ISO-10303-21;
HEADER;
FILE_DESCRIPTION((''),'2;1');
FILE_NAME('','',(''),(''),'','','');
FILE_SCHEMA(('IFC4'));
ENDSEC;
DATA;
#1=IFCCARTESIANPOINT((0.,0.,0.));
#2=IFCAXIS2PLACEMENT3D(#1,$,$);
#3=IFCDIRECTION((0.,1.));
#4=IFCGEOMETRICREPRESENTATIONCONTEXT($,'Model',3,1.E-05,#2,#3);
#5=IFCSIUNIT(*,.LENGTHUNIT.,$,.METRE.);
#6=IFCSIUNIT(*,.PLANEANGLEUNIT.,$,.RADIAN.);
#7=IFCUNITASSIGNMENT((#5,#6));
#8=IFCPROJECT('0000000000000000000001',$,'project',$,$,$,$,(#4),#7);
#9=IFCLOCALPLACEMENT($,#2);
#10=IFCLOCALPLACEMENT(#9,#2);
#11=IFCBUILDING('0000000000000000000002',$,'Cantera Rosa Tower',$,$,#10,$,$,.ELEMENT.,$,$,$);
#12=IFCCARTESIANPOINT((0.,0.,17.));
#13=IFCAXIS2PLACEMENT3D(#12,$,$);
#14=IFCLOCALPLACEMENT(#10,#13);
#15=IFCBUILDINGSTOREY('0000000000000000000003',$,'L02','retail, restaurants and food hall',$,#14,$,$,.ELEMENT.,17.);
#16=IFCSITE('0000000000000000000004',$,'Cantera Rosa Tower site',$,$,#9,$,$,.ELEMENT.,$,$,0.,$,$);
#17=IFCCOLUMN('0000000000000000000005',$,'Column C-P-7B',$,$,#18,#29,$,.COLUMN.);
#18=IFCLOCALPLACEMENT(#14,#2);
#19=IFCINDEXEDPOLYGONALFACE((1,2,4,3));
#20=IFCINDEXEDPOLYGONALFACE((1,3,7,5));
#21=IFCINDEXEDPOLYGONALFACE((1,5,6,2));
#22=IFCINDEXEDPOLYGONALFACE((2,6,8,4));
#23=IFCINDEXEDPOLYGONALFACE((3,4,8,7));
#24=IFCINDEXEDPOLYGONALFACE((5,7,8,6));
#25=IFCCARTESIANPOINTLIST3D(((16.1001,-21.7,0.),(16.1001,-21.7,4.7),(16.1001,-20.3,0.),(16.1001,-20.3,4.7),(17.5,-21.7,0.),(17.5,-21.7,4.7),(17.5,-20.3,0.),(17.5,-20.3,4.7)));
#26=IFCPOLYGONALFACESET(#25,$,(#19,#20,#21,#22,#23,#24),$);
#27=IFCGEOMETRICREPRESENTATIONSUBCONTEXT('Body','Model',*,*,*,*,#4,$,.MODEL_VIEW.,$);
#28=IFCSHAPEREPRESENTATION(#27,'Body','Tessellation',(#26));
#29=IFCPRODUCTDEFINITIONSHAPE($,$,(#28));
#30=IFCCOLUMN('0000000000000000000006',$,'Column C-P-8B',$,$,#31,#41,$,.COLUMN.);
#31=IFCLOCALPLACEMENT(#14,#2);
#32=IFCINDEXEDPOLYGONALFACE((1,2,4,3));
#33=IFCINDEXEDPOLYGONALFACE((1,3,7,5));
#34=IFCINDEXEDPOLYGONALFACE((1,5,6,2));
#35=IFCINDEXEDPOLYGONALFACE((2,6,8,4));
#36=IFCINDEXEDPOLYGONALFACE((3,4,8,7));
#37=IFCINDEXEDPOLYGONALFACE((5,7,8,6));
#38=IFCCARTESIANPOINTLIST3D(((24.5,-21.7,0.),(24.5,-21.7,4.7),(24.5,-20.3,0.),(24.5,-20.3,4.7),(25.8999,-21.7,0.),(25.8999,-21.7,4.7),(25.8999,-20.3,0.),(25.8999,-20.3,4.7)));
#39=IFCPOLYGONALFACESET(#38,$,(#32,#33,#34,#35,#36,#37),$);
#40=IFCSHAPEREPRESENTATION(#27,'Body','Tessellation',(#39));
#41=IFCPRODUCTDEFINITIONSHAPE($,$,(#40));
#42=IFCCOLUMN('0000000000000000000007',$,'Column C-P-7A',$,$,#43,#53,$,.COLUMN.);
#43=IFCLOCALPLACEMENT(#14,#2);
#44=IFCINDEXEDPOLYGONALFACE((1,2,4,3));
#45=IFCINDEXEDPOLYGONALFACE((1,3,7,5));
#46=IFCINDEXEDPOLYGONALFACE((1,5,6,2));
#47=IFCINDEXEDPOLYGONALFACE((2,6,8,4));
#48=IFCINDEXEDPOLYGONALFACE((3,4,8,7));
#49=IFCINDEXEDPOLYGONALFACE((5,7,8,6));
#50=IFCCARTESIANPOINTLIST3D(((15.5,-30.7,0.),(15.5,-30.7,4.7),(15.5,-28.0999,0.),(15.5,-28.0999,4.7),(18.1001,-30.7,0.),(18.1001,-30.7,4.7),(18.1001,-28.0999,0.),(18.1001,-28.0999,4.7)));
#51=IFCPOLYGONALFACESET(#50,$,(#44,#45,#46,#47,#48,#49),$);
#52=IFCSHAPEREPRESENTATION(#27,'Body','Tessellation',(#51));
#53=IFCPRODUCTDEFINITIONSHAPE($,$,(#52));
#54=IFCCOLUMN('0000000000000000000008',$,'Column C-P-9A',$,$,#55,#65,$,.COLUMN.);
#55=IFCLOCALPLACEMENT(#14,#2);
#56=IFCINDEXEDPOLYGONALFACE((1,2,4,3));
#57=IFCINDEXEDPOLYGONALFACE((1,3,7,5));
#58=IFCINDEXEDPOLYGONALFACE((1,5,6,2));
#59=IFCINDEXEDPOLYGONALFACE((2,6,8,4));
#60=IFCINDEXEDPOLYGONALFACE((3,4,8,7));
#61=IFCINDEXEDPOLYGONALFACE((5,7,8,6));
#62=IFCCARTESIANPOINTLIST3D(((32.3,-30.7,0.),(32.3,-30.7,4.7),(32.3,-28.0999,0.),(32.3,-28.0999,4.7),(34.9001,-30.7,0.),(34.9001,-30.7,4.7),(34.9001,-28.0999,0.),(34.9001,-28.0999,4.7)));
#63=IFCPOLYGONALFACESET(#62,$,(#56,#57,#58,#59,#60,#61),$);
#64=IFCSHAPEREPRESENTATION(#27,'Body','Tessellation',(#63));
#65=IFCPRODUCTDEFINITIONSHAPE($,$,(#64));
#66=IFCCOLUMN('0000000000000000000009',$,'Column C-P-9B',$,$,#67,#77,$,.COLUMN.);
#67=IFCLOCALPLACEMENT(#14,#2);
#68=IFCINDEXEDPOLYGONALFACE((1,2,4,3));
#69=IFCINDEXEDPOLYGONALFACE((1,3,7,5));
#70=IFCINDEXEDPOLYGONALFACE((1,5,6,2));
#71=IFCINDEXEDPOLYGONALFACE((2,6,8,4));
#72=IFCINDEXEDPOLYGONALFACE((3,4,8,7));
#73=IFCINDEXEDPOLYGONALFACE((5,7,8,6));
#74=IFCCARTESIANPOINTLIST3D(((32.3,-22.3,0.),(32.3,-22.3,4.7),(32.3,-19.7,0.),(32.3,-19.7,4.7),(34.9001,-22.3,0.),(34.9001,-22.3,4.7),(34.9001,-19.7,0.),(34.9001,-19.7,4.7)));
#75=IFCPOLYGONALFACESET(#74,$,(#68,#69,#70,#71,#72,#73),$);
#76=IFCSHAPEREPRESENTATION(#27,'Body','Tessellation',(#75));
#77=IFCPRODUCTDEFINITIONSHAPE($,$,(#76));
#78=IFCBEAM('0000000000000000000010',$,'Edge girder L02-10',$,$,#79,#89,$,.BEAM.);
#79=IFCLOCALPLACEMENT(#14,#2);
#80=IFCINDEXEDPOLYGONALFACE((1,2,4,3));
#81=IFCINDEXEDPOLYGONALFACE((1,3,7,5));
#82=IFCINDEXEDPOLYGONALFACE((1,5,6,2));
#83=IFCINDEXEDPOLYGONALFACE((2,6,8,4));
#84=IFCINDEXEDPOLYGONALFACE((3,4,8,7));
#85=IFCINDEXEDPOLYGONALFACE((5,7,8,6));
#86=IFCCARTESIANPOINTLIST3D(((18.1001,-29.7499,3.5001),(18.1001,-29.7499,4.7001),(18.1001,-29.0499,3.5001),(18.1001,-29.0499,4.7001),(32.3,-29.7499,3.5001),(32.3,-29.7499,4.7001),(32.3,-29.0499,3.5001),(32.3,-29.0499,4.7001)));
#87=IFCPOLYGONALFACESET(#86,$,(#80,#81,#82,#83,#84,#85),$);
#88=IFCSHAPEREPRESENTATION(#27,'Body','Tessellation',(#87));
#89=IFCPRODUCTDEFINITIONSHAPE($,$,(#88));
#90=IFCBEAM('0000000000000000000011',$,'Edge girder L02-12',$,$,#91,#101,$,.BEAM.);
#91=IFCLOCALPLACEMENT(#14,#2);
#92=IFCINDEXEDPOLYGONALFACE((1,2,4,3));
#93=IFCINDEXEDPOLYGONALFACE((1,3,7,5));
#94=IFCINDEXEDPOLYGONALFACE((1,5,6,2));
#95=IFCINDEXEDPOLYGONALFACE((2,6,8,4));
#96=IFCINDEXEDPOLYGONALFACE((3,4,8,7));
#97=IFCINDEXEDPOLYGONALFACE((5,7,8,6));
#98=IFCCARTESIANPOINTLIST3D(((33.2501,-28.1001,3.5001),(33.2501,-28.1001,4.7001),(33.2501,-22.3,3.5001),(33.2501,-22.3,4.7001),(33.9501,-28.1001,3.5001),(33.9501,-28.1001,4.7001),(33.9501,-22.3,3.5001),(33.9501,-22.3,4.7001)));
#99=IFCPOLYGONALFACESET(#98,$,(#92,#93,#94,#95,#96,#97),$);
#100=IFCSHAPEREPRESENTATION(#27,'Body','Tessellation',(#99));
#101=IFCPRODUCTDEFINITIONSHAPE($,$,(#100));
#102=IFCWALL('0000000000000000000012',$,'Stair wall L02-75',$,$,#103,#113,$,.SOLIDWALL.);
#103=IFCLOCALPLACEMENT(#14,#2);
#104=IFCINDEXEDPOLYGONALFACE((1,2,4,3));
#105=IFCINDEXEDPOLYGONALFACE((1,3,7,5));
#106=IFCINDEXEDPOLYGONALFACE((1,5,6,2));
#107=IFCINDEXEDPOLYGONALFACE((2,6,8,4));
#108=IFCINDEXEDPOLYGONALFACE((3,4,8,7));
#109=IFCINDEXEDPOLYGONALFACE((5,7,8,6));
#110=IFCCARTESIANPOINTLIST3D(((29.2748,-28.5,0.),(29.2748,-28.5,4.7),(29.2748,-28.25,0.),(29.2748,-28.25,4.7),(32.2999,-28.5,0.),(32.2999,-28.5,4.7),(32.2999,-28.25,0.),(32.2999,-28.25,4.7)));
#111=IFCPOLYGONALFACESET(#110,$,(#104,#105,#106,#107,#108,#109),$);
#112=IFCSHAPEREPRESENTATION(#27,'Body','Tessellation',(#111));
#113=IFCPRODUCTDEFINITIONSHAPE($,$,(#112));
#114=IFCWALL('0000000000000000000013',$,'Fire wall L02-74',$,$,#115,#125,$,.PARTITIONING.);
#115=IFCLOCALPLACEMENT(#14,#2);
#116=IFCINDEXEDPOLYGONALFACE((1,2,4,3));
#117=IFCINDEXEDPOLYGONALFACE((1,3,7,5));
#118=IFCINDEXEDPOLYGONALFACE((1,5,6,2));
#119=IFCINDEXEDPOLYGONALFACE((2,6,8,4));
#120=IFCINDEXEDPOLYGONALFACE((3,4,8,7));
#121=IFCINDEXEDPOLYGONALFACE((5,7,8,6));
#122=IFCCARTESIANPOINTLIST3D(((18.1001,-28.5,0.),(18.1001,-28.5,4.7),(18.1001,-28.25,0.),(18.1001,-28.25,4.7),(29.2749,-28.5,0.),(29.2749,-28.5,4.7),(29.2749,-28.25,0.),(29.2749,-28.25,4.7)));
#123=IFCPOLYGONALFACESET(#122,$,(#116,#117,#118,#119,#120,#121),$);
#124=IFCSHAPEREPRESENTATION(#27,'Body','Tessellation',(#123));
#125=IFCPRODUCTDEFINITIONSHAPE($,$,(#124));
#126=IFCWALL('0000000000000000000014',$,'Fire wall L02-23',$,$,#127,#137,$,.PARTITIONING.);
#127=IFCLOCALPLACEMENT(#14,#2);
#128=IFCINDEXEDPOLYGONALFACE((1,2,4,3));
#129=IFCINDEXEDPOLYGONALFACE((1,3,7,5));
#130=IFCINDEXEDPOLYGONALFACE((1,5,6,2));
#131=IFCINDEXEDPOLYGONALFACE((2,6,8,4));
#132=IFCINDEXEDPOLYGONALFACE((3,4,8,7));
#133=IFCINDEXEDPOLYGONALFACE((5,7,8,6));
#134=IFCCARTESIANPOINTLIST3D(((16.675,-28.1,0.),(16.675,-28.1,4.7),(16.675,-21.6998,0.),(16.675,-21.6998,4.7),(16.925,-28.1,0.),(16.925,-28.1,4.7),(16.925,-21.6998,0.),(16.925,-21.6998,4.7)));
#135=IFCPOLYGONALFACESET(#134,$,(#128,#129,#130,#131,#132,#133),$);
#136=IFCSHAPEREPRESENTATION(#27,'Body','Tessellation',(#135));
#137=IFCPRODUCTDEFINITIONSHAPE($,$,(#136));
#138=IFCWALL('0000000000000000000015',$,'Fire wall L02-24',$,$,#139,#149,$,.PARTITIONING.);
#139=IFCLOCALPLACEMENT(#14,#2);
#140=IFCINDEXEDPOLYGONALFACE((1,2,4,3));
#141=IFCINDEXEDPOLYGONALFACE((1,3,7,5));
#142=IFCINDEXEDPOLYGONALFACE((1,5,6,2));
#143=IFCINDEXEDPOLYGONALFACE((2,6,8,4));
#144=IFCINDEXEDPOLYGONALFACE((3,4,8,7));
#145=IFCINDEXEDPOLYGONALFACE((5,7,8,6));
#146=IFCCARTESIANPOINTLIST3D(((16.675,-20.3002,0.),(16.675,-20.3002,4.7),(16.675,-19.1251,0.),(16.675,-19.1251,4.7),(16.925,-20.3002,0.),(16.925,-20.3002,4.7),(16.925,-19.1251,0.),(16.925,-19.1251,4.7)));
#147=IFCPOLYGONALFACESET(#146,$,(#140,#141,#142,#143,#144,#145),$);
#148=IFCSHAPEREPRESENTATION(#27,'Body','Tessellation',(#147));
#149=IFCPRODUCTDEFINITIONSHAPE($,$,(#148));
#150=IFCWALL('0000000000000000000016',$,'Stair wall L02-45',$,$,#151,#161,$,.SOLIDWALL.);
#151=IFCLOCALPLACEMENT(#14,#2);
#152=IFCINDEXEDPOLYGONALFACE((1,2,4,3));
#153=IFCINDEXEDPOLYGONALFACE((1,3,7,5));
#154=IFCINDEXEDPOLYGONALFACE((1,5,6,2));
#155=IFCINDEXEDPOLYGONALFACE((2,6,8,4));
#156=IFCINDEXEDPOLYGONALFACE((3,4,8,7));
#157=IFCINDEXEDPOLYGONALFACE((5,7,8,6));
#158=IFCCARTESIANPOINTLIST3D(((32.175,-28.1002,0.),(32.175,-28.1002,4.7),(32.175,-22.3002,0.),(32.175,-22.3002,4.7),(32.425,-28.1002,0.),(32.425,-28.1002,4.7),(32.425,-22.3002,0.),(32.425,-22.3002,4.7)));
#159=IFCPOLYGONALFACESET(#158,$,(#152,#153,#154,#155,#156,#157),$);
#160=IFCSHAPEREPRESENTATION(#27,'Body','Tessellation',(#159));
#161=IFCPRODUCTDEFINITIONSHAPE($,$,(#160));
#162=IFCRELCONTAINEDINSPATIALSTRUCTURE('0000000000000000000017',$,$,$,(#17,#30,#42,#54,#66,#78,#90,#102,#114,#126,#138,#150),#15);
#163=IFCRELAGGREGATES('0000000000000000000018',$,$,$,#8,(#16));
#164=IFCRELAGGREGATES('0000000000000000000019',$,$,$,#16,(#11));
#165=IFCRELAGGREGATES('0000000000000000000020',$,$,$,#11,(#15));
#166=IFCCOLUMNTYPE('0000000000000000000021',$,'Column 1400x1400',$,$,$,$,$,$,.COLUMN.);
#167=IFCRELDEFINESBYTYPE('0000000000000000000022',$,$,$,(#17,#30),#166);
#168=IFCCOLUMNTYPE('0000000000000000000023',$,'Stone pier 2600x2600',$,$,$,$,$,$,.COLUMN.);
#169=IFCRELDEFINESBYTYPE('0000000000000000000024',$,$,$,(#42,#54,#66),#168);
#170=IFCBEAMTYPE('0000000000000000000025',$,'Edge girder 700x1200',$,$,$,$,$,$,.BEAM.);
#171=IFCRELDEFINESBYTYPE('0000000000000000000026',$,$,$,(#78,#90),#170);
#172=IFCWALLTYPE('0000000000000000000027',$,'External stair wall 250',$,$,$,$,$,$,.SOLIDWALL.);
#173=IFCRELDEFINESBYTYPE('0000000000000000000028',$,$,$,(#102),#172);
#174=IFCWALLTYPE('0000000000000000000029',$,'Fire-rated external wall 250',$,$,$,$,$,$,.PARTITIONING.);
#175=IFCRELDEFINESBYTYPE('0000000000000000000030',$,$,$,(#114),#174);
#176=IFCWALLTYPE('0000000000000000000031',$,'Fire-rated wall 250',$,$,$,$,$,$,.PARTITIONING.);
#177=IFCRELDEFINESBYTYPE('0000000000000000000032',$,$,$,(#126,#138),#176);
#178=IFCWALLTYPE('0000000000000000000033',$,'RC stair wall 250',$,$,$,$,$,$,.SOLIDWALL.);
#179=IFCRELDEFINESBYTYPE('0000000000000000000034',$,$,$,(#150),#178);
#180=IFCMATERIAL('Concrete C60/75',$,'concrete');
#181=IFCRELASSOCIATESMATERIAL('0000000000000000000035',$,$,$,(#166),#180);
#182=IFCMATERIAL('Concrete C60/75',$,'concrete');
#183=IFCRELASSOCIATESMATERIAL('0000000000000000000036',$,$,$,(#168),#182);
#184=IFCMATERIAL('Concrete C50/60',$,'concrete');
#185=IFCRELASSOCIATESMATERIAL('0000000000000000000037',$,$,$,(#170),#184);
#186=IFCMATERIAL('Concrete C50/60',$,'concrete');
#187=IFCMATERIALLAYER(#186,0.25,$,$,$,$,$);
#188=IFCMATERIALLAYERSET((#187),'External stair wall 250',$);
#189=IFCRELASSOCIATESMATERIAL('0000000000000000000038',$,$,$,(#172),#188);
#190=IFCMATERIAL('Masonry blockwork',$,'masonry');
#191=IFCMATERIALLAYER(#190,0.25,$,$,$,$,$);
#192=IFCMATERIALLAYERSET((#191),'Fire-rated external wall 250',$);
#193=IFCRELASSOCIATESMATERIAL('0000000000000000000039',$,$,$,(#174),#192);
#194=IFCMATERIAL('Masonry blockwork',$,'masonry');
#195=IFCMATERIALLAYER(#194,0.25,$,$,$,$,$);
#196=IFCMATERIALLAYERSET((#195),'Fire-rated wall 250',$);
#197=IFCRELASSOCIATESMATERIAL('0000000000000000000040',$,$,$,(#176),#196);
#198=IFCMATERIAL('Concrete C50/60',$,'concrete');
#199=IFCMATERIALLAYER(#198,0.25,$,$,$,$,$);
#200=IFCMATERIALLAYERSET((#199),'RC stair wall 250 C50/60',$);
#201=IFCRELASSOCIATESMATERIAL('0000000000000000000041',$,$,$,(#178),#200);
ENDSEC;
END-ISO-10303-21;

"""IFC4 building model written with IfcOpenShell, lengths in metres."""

from ifc_helpers import new_model, si_unit, direction, frame, frame_2d, origin, origin_2d, place, context, subcontext, project, spatial, rectangle, extrude, material, layer, layer_set, material_profile, profile_set, type_object, element, save


model = new_model("IFC4")

# Units and contexts
model_context = context("Model", 3, precision=1e-05, world=origin(), true_north=direction((0.0, 1.0)))
body_context = subcontext(model_context, "Body", "Model", "MODEL_VIEW")
ifc_project = project(units=[si_unit("LENGTHUNIT", "METRE"), si_unit("PLANEANGLEUNIT", "RADIAN")], contexts=[model_context])

# Site, building, storey
site_placement = place(None, origin())
site = spatial("IfcSite", under=ifc_project, at=site_placement, Name="Cantera Rosa Tower site", CompositionType="ELEMENT", RefElevation=0.0)
building_placement = place(site_placement, origin())
building = spatial("IfcBuilding", under=site, at=building_placement, Name="Cantera Rosa Tower", CompositionType="ELEMENT")
storey_placement = place(building_placement, frame((0.0, 0.0, 17.0)))
storey = spatial("IfcBuildingStorey", under=building, at=storey_placement, Name="L02", Description="retail, restaurants and food hall", CompositionType="ELEMENT", Elevation=17.0)

# Columns
ifc_material_1 = material(Name="Concrete C60/75", Category="concrete")
ifc_material_profile_1 = material_profile(ifc_material_1, rectangle(XDim=1.3999, YDim=1.3999, at=origin_2d()), Name="Column 1400x1400")
ifc_profile_set_1 = profile_set([ifc_material_profile_1], Name="Concrete C60/75")
column_type_1 = type_object("IfcColumnType", Name="Column 1400x1400", PredefinedType="COLUMN", material=ifc_profile_set_1)
for number, where, z_axis, x_axis, name in (
    (1, (16.8, -21.0, 0.0), (0.0, 0.0, 1.0), (1.0, 0.0, 0.0), "Column C-P-7B"),
    (2, (25.2, -21.0, 0.0), (0.0, 0.0, 1.0), (1.0, 0.0, 0.0), "Column C-P-8B"),
):
    element("IfcColumn", number, at=place(storey_placement, frame(where, z_axis=z_axis, x_axis=x_axis)), inside=storey, type_object=column_type_1, Name=name, PredefinedType="COLUMN", context=body_context, shape_type="SweptSolid", body=[
        extrude(rectangle(XDim=1.3999, YDim=1.3999, at=origin_2d()), origin(), (0.0, 0.0, 1.0), 4.7),
    ])
ifc_material_2 = material(Name="Concrete C60/75", Category="concrete")
ifc_material_profile_2 = material_profile(ifc_material_2, rectangle(XDim=2.6001, YDim=2.6001, at=origin_2d()), Name="Stone pier 2600x2600")
ifc_profile_set_2 = profile_set([ifc_material_profile_2], Name="Concrete C60/75")
column_type_2 = type_object("IfcColumnType", Name="Stone pier 2600x2600", PredefinedType="COLUMN", material=ifc_profile_set_2)
for number, where, z_axis, x_axis, name in (
    (3, (16.8, -29.3999, 0.0), (0.0, 0.0, 1.0), (1.0, 0.0, 0.0), "Column C-P-7A"),
    (4, (33.6001, -29.3999, 0.0), (0.0, 0.0, 1.0), (1.0, 0.0, 0.0), "Column C-P-9A"),
    (5, (33.6001, -21.0, 0.0), (0.0, 0.0, 1.0), (1.0, 0.0, 0.0), "Column C-P-9B"),
):
    element("IfcColumn", number, at=place(storey_placement, frame(where, z_axis=z_axis, x_axis=x_axis)), inside=storey, type_object=column_type_2, Name=name, PredefinedType="COLUMN", context=body_context, shape_type="SweptSolid", body=[
        extrude(rectangle(XDim=2.6001, YDim=2.6001, at=origin_2d()), origin(), (0.0, 0.0, 1.0), 4.7),
    ])

# Beams
ifc_material_3 = material(Name="Concrete C50/60", Category="concrete")
ifc_material_profile_3 = material_profile(ifc_material_3, rectangle(XDim=0.7, YDim=1.2, at=origin_2d()), Name="Edge girder 700x1200")
ifc_profile_set_3 = profile_set([ifc_material_profile_3], Name="Concrete C50/60")
beam_type = type_object("IfcBeamType", Name="Edge girder 700x1200", PredefinedType="BEAM", material=ifc_profile_set_3)
beam_1_placement = place(storey_placement, frame((18.1001, -29.3999, 4.1001), z_axis=(1.0, 0.0, 0.0), x_axis=(0.0, 1.0, 0.0)))
element("IfcBeam", 6, at=beam_1_placement, inside=storey, type_object=beam_type, Name="Edge girder L02-10", PredefinedType="BEAM", context=body_context, shape_type="SweptSolid", body=[
    extrude(rectangle(XDim=0.7, YDim=1.2, at=origin_2d()), origin(), (0.0, 0.0, 1.0), 14.2),
])
beam_2_placement = place(storey_placement, frame((33.6001, -28.1001, 4.1001), z_axis=(0.0, 1.0, 0.0), x_axis=(-1.0, 0.0, 0.0)))
element("IfcBeam", 7, at=beam_2_placement, inside=storey, type_object=beam_type, Name="Edge girder L02-12", PredefinedType="BEAM", context=body_context, shape_type="SweptSolid", body=[
    extrude(rectangle(XDim=0.7, YDim=1.2, at=origin_2d()), origin(), (0.0, 0.0, 1.0), 5.8),
])

# Walls
ifc_material_4 = material(Name="Concrete C50/60", Category="concrete")
ifc_layer_1 = layer(ifc_material_4, 0.25)
ifc_layer_set_1 = layer_set([ifc_layer_1], Name="External stair wall 250")
wall_type_1 = type_object("IfcWallType", Name="External stair wall 250", PredefinedType="SOLIDWALL", material=ifc_layer_set_1)
wall_1_placement = place(storey_placement, frame((32.3, -28.375, 0.0), z_axis=(0.0, 0.0, 1.0), x_axis=(-1.0, 0.0, 0.0)))
element("IfcWall", 8, at=wall_1_placement, inside=storey, type_object=wall_type_1, Name="Stair wall L02-75", PredefinedType="SOLIDWALL", context=body_context, shape_type="SweptSolid", body=[
    extrude(rectangle(XDim=3.0251, YDim=0.25, at=frame_2d((1.5127, 0.0))), origin(), (0.0, 0.0, 1.0), 4.7),
])
ifc_material_5 = material(Name="Masonry blockwork", Category="masonry")
ifc_layer_2 = layer(ifc_material_5, 0.25)
ifc_layer_set_2 = layer_set([ifc_layer_2], Name="Fire-rated external wall 250")
wall_type_2 = type_object("IfcWallType", Name="Fire-rated external wall 250", PredefinedType="PARTITIONING", material=ifc_layer_set_2)
wall_2_placement = place(storey_placement, frame((18.1001, -28.375, 0.0), z_axis=(0.0, 0.0, 1.0), x_axis=(1.0, 0.0, 0.0)))
element("IfcWall", 9, at=wall_2_placement, inside=storey, type_object=wall_type_2, Name="Fire wall L02-74", PredefinedType="PARTITIONING", context=body_context, shape_type="SweptSolid", body=[
    extrude(rectangle(XDim=11.1748, YDim=0.25, at=frame_2d((5.5874, 0.0))), origin(), (0.0, 0.0, 1.0), 4.7),
])
ifc_material_6 = material(Name="Masonry blockwork", Category="masonry")
ifc_layer_3 = layer(ifc_material_6, 0.25)
ifc_layer_set_3 = layer_set([ifc_layer_3], Name="Fire-rated wall 250")
wall_type_3 = type_object("IfcWallType", Name="Fire-rated wall 250", PredefinedType="PARTITIONING", material=ifc_layer_set_3)
wall_3_placement = place(storey_placement, frame((16.8, -28.1001, 0.0), z_axis=(0.0, 0.0, 1.0), x_axis=(0.0, 1.0, 0.0)))
element("IfcWall", 10, at=wall_3_placement, inside=storey, type_object=wall_type_3, Name="Fire wall L02-23", PredefinedType="PARTITIONING", context=body_context, shape_type="SweptSolid", body=[
    extrude(rectangle(XDim=6.4001, YDim=0.25, at=frame_2d((3.2002, 0.0))), origin(), (0.0, 0.0, 1.0), 4.7),
])
wall_4_placement = place(storey_placement, frame((16.8, -20.3, 0.0), z_axis=(0.0, 0.0, 1.0), x_axis=(0.0, 1.0, 0.0)))
element("IfcWall", 11, at=wall_4_placement, inside=storey, type_object=wall_type_3, Name="Fire wall L02-24", PredefinedType="PARTITIONING", context=body_context, shape_type="SweptSolid", body=[
    extrude(rectangle(XDim=1.175, YDim=0.25, at=frame_2d((0.5874, 0.0))), origin(), (0.0, 0.0, 1.0), 4.7),
])
ifc_material_7 = material(Name="Concrete C50/60", Category="concrete")
ifc_layer_4 = layer(ifc_material_7, 0.25)
ifc_layer_set_4 = layer_set([ifc_layer_4], Name="RC stair wall 250 C50/60")
wall_type_4 = type_object("IfcWallType", Name="RC stair wall 250", PredefinedType="SOLIDWALL", material=ifc_layer_set_4)
wall_5_placement = place(storey_placement, frame((32.3, -28.1001, 0.0), z_axis=(0.0, 0.0, 1.0), x_axis=(0.0, 1.0, 0.0)))
element("IfcWall", 12, at=wall_5_placement, inside=storey, type_object=wall_type_4, Name="Stair wall L02-45", PredefinedType="SOLIDWALL", context=body_context, shape_type="SweptSolid", body=[
    extrude(rectangle(XDim=5.8, YDim=0.25, at=frame_2d((2.8999, 0.0))), origin(), (0.0, 0.0, 1.0), 4.7),
])

save(model, "model.ifc")
